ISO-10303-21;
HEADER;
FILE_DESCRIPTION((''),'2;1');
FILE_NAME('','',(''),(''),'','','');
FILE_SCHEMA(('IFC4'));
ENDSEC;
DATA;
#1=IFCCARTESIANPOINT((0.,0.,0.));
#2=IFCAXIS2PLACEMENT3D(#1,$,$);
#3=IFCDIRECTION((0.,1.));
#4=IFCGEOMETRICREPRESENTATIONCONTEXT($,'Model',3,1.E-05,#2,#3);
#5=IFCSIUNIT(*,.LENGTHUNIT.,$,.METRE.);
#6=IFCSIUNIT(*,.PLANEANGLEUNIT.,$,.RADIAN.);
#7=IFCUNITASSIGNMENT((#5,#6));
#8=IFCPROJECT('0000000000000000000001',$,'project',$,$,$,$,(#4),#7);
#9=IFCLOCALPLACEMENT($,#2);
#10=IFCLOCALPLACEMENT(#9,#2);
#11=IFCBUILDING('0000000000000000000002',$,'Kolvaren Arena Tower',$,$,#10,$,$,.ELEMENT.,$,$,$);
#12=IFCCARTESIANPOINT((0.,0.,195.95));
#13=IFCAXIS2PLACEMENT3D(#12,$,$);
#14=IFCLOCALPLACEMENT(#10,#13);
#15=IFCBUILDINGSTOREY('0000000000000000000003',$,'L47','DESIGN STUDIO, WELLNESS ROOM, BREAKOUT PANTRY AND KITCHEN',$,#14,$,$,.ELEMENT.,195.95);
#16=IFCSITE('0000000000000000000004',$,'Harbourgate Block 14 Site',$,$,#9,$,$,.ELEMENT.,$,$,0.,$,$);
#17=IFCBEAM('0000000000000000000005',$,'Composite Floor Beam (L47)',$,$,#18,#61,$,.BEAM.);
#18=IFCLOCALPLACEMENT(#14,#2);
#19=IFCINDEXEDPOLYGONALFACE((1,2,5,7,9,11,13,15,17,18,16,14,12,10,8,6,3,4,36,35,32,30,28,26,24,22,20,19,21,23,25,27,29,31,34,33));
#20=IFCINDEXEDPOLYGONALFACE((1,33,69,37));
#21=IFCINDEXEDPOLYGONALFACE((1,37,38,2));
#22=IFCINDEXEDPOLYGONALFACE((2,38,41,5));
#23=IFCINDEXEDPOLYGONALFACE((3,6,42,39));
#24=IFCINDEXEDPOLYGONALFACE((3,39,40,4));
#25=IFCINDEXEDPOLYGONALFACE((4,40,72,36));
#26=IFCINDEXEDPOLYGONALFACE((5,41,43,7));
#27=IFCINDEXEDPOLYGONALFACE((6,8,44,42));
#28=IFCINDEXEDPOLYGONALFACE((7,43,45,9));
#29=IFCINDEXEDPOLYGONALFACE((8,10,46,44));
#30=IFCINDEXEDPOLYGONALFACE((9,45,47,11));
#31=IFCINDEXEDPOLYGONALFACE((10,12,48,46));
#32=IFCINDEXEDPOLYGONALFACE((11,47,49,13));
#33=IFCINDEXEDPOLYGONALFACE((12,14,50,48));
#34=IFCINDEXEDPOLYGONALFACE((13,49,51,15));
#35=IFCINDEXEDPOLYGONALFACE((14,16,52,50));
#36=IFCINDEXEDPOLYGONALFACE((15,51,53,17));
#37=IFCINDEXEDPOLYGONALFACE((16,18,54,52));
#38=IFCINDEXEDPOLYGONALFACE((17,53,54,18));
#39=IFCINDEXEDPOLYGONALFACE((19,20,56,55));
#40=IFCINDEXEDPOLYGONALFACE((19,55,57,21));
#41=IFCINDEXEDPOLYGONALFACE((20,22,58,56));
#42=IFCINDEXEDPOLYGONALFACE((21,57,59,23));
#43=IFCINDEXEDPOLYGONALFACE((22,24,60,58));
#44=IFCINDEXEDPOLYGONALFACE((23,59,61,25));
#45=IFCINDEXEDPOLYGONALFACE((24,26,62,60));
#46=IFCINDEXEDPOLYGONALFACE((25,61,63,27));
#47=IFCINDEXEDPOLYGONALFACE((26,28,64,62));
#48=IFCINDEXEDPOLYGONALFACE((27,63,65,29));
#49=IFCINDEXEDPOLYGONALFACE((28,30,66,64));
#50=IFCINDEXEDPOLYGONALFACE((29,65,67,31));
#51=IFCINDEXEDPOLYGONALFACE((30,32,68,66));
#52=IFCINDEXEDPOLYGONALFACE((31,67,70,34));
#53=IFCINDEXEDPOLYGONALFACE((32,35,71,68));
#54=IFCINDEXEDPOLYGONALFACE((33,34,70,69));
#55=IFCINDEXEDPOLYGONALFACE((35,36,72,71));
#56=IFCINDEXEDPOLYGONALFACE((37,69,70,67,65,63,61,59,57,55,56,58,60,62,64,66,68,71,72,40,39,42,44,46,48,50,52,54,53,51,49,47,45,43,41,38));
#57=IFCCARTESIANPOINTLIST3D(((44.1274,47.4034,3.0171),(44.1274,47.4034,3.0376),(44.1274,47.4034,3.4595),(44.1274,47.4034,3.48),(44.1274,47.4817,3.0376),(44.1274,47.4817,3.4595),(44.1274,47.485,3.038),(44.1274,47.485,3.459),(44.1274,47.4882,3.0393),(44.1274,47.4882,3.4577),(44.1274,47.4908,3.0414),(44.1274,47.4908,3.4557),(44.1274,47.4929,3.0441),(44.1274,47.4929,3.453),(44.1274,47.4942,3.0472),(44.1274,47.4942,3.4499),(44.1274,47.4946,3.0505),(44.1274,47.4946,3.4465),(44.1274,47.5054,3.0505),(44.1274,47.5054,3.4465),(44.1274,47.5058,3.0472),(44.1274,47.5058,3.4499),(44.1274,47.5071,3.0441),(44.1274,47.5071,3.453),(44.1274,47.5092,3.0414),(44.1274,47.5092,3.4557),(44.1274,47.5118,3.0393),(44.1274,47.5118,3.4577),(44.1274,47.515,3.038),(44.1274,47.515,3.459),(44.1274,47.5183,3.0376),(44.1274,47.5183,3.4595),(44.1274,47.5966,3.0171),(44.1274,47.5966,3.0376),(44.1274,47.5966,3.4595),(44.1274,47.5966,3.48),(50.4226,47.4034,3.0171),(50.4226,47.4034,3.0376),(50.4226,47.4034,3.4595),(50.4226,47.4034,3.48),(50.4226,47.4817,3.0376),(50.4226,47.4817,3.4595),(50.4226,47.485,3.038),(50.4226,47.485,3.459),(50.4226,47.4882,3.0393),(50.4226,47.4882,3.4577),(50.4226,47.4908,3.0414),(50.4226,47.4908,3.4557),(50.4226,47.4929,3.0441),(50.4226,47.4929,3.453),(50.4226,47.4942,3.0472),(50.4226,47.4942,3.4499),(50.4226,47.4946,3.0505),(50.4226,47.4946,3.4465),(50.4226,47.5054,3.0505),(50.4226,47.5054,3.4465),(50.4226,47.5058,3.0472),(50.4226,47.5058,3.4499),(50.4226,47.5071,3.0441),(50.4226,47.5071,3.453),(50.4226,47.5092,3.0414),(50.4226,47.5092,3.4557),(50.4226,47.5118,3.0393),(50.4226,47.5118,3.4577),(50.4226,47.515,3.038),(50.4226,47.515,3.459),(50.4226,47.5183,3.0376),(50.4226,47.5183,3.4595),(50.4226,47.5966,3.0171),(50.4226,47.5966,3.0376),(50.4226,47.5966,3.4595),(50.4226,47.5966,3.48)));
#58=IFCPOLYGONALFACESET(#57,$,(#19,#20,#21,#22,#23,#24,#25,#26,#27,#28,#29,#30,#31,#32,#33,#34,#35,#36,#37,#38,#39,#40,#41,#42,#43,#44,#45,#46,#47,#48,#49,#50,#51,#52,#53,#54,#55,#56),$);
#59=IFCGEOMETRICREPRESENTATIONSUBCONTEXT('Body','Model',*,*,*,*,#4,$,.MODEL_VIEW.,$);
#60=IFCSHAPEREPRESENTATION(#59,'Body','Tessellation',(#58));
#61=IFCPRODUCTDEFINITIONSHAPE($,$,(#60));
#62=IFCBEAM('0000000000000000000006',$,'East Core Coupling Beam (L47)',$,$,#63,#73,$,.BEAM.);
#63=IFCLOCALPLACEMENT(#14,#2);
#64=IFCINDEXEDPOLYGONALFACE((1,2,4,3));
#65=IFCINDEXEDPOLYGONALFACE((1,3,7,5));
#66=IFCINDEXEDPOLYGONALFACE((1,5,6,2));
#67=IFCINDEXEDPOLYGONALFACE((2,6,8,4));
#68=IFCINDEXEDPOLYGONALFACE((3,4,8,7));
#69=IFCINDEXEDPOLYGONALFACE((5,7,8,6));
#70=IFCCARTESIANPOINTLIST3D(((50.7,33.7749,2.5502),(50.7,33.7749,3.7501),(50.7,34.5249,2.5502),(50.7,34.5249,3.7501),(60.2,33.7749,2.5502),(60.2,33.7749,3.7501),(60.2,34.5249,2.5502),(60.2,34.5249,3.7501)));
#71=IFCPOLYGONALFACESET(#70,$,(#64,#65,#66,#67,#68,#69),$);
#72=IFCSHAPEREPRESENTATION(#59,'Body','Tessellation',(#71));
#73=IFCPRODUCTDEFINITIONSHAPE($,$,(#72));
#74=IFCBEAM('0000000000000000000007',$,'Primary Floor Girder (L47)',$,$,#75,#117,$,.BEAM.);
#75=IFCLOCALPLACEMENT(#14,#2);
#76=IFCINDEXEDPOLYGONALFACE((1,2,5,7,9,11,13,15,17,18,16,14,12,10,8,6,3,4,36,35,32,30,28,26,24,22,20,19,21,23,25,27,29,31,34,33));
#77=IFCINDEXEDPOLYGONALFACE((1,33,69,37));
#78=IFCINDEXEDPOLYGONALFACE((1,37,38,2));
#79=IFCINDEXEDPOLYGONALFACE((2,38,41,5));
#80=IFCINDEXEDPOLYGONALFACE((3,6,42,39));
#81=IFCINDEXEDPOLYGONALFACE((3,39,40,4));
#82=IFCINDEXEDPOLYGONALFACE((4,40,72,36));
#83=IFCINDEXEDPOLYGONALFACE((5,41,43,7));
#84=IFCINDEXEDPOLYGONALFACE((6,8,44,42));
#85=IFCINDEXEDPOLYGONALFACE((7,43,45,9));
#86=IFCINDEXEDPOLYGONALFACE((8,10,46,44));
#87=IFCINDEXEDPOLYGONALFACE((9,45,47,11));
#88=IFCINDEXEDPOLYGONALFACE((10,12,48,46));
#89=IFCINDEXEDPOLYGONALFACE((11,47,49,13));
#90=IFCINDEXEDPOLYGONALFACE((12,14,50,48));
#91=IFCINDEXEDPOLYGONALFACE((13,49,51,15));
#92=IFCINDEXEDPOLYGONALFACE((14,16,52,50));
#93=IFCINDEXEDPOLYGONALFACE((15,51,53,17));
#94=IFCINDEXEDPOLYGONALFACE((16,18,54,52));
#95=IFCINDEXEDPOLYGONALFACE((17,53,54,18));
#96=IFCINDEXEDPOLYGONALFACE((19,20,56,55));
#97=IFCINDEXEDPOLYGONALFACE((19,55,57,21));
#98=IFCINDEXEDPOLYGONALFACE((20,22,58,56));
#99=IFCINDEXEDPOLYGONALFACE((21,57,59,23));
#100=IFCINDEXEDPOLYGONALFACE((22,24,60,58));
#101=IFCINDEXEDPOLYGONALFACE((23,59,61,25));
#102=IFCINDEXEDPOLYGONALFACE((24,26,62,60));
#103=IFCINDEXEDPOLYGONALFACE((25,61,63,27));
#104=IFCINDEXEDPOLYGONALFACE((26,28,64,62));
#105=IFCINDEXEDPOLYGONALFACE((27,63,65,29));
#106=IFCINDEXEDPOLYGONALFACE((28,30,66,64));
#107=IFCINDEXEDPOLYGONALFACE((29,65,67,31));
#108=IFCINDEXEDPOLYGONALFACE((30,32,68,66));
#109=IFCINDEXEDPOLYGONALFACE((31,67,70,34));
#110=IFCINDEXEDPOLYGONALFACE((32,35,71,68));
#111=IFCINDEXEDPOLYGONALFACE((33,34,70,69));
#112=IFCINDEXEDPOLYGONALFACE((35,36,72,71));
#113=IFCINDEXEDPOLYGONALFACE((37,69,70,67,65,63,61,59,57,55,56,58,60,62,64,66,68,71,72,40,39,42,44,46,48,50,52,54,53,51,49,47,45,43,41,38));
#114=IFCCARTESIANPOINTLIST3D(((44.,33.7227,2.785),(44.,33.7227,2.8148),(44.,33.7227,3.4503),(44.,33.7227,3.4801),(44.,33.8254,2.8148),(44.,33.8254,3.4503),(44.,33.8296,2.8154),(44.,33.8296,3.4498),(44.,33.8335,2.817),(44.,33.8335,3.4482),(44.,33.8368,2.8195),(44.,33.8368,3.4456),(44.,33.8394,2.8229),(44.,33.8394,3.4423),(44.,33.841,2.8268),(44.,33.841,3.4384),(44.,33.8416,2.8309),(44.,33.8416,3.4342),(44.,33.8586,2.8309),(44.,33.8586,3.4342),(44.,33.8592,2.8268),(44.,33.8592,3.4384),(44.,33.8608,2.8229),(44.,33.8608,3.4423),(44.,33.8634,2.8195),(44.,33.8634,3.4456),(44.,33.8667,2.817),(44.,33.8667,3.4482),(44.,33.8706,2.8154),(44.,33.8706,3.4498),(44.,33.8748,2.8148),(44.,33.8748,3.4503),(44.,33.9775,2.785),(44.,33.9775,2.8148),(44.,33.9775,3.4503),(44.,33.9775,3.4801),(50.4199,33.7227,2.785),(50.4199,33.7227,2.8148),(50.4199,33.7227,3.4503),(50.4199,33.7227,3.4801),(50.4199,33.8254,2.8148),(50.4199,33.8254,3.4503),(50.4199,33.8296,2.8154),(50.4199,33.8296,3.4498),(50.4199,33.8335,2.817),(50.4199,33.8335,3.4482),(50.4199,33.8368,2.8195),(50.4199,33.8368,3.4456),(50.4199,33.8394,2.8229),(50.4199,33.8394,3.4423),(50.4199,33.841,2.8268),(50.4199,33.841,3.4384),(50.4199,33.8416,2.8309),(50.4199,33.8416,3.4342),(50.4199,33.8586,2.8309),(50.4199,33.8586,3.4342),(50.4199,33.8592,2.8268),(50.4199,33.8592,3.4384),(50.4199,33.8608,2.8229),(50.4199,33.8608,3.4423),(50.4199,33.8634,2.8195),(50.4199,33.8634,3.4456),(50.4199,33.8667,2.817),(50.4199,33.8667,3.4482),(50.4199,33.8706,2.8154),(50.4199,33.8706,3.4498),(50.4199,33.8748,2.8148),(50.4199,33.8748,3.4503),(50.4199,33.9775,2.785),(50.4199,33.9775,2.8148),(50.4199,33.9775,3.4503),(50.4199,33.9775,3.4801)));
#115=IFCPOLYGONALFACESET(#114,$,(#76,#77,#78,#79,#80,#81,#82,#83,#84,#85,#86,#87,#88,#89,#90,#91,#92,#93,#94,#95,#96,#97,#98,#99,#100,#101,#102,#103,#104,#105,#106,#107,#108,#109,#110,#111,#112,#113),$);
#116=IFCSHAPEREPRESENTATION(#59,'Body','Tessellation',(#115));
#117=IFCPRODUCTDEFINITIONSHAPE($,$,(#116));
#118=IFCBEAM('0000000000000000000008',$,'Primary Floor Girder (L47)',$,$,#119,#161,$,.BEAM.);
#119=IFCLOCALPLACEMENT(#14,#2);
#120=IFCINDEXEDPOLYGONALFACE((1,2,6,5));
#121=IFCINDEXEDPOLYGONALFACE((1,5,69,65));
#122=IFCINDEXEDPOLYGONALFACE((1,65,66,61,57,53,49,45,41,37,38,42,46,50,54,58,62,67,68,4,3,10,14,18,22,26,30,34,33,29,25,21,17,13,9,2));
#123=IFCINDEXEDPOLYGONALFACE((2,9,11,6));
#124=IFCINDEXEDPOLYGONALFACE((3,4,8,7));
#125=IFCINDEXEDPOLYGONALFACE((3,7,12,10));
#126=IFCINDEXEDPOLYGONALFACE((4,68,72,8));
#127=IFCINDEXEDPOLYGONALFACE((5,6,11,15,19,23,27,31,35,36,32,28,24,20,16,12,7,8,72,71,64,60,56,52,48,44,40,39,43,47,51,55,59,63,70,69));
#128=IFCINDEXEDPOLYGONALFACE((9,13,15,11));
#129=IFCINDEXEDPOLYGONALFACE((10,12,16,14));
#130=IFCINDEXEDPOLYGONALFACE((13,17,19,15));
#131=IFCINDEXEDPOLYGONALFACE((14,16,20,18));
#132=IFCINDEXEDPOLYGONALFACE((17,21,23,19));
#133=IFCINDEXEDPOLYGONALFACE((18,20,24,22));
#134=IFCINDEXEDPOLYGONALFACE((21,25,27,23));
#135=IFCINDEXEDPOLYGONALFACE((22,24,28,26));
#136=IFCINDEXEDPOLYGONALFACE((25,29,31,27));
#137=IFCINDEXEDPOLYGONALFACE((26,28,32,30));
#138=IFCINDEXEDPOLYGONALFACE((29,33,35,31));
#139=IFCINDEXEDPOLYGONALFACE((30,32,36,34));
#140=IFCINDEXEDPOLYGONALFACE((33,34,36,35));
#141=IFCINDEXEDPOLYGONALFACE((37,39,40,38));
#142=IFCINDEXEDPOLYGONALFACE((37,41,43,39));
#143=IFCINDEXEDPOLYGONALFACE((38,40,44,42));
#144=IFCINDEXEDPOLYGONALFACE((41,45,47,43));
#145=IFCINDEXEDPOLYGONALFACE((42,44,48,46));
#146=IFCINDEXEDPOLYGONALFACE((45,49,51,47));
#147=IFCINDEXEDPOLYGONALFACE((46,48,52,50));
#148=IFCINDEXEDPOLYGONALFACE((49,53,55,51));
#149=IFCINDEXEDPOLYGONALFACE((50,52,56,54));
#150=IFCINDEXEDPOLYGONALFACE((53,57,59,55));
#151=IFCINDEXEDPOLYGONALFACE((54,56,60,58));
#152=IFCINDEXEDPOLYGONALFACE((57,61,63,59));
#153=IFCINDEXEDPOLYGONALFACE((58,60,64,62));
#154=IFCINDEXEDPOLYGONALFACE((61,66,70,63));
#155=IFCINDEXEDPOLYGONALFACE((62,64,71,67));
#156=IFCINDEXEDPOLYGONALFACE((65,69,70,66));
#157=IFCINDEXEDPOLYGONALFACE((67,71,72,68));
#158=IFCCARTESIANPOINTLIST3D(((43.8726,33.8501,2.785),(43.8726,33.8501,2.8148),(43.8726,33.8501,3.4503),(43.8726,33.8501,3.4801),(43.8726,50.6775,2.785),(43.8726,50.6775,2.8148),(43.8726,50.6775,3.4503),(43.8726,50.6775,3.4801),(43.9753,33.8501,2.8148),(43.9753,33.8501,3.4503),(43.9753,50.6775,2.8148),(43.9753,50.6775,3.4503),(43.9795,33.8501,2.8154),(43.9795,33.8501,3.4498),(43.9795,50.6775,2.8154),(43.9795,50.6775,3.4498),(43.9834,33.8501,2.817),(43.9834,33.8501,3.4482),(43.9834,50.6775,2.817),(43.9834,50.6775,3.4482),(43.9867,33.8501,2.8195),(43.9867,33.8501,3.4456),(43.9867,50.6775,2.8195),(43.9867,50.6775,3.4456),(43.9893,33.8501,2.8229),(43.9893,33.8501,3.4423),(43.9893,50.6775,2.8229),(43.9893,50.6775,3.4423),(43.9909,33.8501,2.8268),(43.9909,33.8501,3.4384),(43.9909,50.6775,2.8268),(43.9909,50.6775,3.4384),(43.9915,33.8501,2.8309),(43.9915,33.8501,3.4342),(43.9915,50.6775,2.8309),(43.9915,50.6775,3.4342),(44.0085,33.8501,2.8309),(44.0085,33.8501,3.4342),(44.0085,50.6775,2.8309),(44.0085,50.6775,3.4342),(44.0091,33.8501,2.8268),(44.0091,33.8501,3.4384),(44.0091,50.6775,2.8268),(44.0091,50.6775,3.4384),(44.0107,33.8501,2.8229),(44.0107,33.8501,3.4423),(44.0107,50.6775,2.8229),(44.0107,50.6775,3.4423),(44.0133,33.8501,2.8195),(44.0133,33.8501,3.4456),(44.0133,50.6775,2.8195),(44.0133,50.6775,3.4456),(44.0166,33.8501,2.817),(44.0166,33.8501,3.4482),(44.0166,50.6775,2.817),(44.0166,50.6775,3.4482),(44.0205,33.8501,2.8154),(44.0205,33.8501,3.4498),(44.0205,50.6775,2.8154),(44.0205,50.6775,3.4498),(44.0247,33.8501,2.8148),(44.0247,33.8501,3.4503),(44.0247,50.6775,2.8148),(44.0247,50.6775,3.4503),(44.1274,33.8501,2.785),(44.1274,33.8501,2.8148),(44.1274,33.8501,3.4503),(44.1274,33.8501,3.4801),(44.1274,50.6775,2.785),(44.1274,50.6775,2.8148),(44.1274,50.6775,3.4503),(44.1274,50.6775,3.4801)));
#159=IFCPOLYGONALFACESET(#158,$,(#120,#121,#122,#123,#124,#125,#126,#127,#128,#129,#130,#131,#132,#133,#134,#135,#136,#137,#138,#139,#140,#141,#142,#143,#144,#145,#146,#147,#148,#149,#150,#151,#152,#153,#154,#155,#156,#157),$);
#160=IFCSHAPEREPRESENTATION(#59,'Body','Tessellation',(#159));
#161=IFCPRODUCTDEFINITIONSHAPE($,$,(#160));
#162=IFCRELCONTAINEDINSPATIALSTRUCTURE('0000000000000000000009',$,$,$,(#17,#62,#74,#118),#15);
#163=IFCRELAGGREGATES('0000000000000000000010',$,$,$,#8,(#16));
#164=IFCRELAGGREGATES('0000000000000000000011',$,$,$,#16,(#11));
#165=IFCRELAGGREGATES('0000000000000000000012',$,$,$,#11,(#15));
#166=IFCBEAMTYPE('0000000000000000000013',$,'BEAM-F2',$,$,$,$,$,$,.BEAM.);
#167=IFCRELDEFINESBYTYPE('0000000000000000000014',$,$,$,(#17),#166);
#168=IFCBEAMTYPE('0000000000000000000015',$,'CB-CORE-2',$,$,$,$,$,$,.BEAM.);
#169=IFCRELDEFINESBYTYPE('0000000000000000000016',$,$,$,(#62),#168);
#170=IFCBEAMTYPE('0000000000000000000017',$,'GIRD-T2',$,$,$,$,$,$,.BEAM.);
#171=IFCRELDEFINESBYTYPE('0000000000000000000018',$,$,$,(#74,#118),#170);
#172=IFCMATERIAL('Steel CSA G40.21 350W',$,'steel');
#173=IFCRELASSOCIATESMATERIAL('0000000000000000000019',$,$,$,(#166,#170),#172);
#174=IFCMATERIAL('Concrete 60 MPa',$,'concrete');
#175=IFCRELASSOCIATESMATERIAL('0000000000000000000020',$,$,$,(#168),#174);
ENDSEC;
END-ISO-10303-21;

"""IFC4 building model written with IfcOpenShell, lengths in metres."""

from ifc_helpers import new_model, si_unit, direction, frame, origin, origin_2d, place, context, subcontext, project, spatial, rectangle, i_section, extrude, material, material_profile, profile_set, type_object, element, save


model = new_model("IFC4")

# Units and contexts
model_context = context("Model", 3, precision=1e-05, world=origin(), true_north=direction((0.0, 1.0)))
body_context = subcontext(model_context, "Body", "Model", "MODEL_VIEW")
ifc_project = project(units=[si_unit("LENGTHUNIT", "METRE"), si_unit("PLANEANGLEUNIT", "RADIAN")], contexts=[model_context])

# Site, building, storey
site_placement = place(None, origin())
site = spatial("IfcSite", under=ifc_project, at=site_placement, Name="Harbourgate Block 14 Site", CompositionType="ELEMENT", RefElevation=0.0)
building_placement = place(site_placement, origin())
building = spatial("IfcBuilding", under=site, at=building_placement, Name="Kolvaren Arena Tower", CompositionType="ELEMENT")
storey_placement = place(building_placement, frame((0.0, 0.0, 195.95)))
storey = spatial("IfcBuildingStorey", under=building, at=storey_placement, Name="L47", Description="DESIGN STUDIO, WELLNESS ROOM, BREAKOUT PANTRY AND KITCHEN", CompositionType="ELEMENT", Elevation=195.95)

# Beams
ifc_material_1 = material(Name="Steel CSA G40.21 350W", Category="steel")
ifc_material_profile_1 = material_profile(ifc_material_1, i_section(OverallWidth=0.1931, OverallDepth=0.4629, WebThickness=0.0107, FlangeThickness=0.0205, FilletRadius=0.0129, at=origin_2d()), Name="W460x113")
ifc_profile_set_1 = profile_set([ifc_material_profile_1], Name="Steel CSA G40.21 350W")
beam_type_1 = type_object("IfcBeamType", Name="BEAM-F2", PredefinedType="BEAM", material=ifc_profile_set_1)
beam_1_placement = place(storey_placement, frame((44.1274, 47.5, 3.2485), z_axis=(1.0, 0.0, 0.0), x_axis=(0.0, 1.0, 0.0)))
element("IfcBeam", 1, at=beam_1_placement, inside=storey, type_object=beam_type_1, Name="Composite Floor Beam (L47)", PredefinedType="BEAM", context=body_context, shape_type="SweptSolid", body=[
    extrude(i_section(OverallWidth=0.1931, OverallDepth=0.4629, WebThickness=0.0107, FlangeThickness=0.0205, FilletRadius=0.0129, at=origin_2d()), origin(), (0.0, 0.0, 1.0), 6.2952),
])
ifc_material_2 = material(Name="Concrete 60 MPa", Category="concrete")
ifc_material_profile_2 = material_profile(ifc_material_2, rectangle(XDim=0.75, YDim=1.2, at=origin_2d()), Name="RC-750x1200")
ifc_profile_set_2 = profile_set([ifc_material_profile_2], Name="Concrete 60 MPa")
beam_type_2 = type_object("IfcBeamType", Name="CB-CORE-2", PredefinedType="BEAM", material=ifc_profile_set_2)
beam_2_placement = place(storey_placement, frame((50.7, 34.1499, 3.1501), z_axis=(1.0, 0.0, 0.0), x_axis=(0.0, 1.0, 0.0)))
element("IfcBeam", 2, at=beam_2_placement, inside=storey, type_object=beam_type_2, Name="East Core Coupling Beam (L47)", PredefinedType="BEAM", context=body_context, shape_type="SweptSolid", body=[
    extrude(rectangle(XDim=0.75, YDim=1.2, at=origin_2d()), origin(), (0.0, 0.0, 1.0), 9.5),
])
ifc_material_profile_3 = material_profile(ifc_material_1, i_section(OverallWidth=0.2549, OverallDepth=0.6951, WebThickness=0.0171, FlangeThickness=0.0298, FilletRadius=0.0161, at=origin_2d()), Name="W690x217")
ifc_profile_set_3 = profile_set([ifc_material_profile_3], Name="Steel CSA G40.21 350W")
beam_type_3 = type_object("IfcBeamType", Name="GIRD-T2", PredefinedType="BEAM", material=ifc_profile_set_3)
beam_3_placement = place(storey_placement, frame((44.0, 33.8501, 3.1326), z_axis=(1.0, 0.0, 0.0), x_axis=(0.0, 1.0, 0.0)))
element("IfcBeam", 3, at=beam_3_placement, inside=storey, type_object=beam_type_3, Name="Primary Floor Girder (L47)", PredefinedType="BEAM", context=body_context, shape_type="SweptSolid", body=[
    extrude(i_section(OverallWidth=0.2549, OverallDepth=0.6951, WebThickness=0.0171, FlangeThickness=0.0298, FilletRadius=0.0161, at=origin_2d()), origin(), (0.0, 0.0, 1.0), 6.4199),
])
beam_4_placement = place(storey_placement, frame((44.0, 33.8501, 3.1326), z_axis=(0.0, 1.0, 0.0), x_axis=(-1.0, 0.0, 0.0)))
element("IfcBeam", 4, at=beam_4_placement, inside=storey, type_object=beam_type_3, Name="Primary Floor Girder (L47)", PredefinedType="BEAM", context=body_context, shape_type="SweptSolid", body=[
    extrude(i_section(OverallWidth=0.2549, OverallDepth=0.6951, WebThickness=0.0171, FlangeThickness=0.0298, FilletRadius=0.0161, at=origin_2d()), origin(), (0.0, 0.0, 1.0), 16.8274),
])

save(model, "model.ifc")
